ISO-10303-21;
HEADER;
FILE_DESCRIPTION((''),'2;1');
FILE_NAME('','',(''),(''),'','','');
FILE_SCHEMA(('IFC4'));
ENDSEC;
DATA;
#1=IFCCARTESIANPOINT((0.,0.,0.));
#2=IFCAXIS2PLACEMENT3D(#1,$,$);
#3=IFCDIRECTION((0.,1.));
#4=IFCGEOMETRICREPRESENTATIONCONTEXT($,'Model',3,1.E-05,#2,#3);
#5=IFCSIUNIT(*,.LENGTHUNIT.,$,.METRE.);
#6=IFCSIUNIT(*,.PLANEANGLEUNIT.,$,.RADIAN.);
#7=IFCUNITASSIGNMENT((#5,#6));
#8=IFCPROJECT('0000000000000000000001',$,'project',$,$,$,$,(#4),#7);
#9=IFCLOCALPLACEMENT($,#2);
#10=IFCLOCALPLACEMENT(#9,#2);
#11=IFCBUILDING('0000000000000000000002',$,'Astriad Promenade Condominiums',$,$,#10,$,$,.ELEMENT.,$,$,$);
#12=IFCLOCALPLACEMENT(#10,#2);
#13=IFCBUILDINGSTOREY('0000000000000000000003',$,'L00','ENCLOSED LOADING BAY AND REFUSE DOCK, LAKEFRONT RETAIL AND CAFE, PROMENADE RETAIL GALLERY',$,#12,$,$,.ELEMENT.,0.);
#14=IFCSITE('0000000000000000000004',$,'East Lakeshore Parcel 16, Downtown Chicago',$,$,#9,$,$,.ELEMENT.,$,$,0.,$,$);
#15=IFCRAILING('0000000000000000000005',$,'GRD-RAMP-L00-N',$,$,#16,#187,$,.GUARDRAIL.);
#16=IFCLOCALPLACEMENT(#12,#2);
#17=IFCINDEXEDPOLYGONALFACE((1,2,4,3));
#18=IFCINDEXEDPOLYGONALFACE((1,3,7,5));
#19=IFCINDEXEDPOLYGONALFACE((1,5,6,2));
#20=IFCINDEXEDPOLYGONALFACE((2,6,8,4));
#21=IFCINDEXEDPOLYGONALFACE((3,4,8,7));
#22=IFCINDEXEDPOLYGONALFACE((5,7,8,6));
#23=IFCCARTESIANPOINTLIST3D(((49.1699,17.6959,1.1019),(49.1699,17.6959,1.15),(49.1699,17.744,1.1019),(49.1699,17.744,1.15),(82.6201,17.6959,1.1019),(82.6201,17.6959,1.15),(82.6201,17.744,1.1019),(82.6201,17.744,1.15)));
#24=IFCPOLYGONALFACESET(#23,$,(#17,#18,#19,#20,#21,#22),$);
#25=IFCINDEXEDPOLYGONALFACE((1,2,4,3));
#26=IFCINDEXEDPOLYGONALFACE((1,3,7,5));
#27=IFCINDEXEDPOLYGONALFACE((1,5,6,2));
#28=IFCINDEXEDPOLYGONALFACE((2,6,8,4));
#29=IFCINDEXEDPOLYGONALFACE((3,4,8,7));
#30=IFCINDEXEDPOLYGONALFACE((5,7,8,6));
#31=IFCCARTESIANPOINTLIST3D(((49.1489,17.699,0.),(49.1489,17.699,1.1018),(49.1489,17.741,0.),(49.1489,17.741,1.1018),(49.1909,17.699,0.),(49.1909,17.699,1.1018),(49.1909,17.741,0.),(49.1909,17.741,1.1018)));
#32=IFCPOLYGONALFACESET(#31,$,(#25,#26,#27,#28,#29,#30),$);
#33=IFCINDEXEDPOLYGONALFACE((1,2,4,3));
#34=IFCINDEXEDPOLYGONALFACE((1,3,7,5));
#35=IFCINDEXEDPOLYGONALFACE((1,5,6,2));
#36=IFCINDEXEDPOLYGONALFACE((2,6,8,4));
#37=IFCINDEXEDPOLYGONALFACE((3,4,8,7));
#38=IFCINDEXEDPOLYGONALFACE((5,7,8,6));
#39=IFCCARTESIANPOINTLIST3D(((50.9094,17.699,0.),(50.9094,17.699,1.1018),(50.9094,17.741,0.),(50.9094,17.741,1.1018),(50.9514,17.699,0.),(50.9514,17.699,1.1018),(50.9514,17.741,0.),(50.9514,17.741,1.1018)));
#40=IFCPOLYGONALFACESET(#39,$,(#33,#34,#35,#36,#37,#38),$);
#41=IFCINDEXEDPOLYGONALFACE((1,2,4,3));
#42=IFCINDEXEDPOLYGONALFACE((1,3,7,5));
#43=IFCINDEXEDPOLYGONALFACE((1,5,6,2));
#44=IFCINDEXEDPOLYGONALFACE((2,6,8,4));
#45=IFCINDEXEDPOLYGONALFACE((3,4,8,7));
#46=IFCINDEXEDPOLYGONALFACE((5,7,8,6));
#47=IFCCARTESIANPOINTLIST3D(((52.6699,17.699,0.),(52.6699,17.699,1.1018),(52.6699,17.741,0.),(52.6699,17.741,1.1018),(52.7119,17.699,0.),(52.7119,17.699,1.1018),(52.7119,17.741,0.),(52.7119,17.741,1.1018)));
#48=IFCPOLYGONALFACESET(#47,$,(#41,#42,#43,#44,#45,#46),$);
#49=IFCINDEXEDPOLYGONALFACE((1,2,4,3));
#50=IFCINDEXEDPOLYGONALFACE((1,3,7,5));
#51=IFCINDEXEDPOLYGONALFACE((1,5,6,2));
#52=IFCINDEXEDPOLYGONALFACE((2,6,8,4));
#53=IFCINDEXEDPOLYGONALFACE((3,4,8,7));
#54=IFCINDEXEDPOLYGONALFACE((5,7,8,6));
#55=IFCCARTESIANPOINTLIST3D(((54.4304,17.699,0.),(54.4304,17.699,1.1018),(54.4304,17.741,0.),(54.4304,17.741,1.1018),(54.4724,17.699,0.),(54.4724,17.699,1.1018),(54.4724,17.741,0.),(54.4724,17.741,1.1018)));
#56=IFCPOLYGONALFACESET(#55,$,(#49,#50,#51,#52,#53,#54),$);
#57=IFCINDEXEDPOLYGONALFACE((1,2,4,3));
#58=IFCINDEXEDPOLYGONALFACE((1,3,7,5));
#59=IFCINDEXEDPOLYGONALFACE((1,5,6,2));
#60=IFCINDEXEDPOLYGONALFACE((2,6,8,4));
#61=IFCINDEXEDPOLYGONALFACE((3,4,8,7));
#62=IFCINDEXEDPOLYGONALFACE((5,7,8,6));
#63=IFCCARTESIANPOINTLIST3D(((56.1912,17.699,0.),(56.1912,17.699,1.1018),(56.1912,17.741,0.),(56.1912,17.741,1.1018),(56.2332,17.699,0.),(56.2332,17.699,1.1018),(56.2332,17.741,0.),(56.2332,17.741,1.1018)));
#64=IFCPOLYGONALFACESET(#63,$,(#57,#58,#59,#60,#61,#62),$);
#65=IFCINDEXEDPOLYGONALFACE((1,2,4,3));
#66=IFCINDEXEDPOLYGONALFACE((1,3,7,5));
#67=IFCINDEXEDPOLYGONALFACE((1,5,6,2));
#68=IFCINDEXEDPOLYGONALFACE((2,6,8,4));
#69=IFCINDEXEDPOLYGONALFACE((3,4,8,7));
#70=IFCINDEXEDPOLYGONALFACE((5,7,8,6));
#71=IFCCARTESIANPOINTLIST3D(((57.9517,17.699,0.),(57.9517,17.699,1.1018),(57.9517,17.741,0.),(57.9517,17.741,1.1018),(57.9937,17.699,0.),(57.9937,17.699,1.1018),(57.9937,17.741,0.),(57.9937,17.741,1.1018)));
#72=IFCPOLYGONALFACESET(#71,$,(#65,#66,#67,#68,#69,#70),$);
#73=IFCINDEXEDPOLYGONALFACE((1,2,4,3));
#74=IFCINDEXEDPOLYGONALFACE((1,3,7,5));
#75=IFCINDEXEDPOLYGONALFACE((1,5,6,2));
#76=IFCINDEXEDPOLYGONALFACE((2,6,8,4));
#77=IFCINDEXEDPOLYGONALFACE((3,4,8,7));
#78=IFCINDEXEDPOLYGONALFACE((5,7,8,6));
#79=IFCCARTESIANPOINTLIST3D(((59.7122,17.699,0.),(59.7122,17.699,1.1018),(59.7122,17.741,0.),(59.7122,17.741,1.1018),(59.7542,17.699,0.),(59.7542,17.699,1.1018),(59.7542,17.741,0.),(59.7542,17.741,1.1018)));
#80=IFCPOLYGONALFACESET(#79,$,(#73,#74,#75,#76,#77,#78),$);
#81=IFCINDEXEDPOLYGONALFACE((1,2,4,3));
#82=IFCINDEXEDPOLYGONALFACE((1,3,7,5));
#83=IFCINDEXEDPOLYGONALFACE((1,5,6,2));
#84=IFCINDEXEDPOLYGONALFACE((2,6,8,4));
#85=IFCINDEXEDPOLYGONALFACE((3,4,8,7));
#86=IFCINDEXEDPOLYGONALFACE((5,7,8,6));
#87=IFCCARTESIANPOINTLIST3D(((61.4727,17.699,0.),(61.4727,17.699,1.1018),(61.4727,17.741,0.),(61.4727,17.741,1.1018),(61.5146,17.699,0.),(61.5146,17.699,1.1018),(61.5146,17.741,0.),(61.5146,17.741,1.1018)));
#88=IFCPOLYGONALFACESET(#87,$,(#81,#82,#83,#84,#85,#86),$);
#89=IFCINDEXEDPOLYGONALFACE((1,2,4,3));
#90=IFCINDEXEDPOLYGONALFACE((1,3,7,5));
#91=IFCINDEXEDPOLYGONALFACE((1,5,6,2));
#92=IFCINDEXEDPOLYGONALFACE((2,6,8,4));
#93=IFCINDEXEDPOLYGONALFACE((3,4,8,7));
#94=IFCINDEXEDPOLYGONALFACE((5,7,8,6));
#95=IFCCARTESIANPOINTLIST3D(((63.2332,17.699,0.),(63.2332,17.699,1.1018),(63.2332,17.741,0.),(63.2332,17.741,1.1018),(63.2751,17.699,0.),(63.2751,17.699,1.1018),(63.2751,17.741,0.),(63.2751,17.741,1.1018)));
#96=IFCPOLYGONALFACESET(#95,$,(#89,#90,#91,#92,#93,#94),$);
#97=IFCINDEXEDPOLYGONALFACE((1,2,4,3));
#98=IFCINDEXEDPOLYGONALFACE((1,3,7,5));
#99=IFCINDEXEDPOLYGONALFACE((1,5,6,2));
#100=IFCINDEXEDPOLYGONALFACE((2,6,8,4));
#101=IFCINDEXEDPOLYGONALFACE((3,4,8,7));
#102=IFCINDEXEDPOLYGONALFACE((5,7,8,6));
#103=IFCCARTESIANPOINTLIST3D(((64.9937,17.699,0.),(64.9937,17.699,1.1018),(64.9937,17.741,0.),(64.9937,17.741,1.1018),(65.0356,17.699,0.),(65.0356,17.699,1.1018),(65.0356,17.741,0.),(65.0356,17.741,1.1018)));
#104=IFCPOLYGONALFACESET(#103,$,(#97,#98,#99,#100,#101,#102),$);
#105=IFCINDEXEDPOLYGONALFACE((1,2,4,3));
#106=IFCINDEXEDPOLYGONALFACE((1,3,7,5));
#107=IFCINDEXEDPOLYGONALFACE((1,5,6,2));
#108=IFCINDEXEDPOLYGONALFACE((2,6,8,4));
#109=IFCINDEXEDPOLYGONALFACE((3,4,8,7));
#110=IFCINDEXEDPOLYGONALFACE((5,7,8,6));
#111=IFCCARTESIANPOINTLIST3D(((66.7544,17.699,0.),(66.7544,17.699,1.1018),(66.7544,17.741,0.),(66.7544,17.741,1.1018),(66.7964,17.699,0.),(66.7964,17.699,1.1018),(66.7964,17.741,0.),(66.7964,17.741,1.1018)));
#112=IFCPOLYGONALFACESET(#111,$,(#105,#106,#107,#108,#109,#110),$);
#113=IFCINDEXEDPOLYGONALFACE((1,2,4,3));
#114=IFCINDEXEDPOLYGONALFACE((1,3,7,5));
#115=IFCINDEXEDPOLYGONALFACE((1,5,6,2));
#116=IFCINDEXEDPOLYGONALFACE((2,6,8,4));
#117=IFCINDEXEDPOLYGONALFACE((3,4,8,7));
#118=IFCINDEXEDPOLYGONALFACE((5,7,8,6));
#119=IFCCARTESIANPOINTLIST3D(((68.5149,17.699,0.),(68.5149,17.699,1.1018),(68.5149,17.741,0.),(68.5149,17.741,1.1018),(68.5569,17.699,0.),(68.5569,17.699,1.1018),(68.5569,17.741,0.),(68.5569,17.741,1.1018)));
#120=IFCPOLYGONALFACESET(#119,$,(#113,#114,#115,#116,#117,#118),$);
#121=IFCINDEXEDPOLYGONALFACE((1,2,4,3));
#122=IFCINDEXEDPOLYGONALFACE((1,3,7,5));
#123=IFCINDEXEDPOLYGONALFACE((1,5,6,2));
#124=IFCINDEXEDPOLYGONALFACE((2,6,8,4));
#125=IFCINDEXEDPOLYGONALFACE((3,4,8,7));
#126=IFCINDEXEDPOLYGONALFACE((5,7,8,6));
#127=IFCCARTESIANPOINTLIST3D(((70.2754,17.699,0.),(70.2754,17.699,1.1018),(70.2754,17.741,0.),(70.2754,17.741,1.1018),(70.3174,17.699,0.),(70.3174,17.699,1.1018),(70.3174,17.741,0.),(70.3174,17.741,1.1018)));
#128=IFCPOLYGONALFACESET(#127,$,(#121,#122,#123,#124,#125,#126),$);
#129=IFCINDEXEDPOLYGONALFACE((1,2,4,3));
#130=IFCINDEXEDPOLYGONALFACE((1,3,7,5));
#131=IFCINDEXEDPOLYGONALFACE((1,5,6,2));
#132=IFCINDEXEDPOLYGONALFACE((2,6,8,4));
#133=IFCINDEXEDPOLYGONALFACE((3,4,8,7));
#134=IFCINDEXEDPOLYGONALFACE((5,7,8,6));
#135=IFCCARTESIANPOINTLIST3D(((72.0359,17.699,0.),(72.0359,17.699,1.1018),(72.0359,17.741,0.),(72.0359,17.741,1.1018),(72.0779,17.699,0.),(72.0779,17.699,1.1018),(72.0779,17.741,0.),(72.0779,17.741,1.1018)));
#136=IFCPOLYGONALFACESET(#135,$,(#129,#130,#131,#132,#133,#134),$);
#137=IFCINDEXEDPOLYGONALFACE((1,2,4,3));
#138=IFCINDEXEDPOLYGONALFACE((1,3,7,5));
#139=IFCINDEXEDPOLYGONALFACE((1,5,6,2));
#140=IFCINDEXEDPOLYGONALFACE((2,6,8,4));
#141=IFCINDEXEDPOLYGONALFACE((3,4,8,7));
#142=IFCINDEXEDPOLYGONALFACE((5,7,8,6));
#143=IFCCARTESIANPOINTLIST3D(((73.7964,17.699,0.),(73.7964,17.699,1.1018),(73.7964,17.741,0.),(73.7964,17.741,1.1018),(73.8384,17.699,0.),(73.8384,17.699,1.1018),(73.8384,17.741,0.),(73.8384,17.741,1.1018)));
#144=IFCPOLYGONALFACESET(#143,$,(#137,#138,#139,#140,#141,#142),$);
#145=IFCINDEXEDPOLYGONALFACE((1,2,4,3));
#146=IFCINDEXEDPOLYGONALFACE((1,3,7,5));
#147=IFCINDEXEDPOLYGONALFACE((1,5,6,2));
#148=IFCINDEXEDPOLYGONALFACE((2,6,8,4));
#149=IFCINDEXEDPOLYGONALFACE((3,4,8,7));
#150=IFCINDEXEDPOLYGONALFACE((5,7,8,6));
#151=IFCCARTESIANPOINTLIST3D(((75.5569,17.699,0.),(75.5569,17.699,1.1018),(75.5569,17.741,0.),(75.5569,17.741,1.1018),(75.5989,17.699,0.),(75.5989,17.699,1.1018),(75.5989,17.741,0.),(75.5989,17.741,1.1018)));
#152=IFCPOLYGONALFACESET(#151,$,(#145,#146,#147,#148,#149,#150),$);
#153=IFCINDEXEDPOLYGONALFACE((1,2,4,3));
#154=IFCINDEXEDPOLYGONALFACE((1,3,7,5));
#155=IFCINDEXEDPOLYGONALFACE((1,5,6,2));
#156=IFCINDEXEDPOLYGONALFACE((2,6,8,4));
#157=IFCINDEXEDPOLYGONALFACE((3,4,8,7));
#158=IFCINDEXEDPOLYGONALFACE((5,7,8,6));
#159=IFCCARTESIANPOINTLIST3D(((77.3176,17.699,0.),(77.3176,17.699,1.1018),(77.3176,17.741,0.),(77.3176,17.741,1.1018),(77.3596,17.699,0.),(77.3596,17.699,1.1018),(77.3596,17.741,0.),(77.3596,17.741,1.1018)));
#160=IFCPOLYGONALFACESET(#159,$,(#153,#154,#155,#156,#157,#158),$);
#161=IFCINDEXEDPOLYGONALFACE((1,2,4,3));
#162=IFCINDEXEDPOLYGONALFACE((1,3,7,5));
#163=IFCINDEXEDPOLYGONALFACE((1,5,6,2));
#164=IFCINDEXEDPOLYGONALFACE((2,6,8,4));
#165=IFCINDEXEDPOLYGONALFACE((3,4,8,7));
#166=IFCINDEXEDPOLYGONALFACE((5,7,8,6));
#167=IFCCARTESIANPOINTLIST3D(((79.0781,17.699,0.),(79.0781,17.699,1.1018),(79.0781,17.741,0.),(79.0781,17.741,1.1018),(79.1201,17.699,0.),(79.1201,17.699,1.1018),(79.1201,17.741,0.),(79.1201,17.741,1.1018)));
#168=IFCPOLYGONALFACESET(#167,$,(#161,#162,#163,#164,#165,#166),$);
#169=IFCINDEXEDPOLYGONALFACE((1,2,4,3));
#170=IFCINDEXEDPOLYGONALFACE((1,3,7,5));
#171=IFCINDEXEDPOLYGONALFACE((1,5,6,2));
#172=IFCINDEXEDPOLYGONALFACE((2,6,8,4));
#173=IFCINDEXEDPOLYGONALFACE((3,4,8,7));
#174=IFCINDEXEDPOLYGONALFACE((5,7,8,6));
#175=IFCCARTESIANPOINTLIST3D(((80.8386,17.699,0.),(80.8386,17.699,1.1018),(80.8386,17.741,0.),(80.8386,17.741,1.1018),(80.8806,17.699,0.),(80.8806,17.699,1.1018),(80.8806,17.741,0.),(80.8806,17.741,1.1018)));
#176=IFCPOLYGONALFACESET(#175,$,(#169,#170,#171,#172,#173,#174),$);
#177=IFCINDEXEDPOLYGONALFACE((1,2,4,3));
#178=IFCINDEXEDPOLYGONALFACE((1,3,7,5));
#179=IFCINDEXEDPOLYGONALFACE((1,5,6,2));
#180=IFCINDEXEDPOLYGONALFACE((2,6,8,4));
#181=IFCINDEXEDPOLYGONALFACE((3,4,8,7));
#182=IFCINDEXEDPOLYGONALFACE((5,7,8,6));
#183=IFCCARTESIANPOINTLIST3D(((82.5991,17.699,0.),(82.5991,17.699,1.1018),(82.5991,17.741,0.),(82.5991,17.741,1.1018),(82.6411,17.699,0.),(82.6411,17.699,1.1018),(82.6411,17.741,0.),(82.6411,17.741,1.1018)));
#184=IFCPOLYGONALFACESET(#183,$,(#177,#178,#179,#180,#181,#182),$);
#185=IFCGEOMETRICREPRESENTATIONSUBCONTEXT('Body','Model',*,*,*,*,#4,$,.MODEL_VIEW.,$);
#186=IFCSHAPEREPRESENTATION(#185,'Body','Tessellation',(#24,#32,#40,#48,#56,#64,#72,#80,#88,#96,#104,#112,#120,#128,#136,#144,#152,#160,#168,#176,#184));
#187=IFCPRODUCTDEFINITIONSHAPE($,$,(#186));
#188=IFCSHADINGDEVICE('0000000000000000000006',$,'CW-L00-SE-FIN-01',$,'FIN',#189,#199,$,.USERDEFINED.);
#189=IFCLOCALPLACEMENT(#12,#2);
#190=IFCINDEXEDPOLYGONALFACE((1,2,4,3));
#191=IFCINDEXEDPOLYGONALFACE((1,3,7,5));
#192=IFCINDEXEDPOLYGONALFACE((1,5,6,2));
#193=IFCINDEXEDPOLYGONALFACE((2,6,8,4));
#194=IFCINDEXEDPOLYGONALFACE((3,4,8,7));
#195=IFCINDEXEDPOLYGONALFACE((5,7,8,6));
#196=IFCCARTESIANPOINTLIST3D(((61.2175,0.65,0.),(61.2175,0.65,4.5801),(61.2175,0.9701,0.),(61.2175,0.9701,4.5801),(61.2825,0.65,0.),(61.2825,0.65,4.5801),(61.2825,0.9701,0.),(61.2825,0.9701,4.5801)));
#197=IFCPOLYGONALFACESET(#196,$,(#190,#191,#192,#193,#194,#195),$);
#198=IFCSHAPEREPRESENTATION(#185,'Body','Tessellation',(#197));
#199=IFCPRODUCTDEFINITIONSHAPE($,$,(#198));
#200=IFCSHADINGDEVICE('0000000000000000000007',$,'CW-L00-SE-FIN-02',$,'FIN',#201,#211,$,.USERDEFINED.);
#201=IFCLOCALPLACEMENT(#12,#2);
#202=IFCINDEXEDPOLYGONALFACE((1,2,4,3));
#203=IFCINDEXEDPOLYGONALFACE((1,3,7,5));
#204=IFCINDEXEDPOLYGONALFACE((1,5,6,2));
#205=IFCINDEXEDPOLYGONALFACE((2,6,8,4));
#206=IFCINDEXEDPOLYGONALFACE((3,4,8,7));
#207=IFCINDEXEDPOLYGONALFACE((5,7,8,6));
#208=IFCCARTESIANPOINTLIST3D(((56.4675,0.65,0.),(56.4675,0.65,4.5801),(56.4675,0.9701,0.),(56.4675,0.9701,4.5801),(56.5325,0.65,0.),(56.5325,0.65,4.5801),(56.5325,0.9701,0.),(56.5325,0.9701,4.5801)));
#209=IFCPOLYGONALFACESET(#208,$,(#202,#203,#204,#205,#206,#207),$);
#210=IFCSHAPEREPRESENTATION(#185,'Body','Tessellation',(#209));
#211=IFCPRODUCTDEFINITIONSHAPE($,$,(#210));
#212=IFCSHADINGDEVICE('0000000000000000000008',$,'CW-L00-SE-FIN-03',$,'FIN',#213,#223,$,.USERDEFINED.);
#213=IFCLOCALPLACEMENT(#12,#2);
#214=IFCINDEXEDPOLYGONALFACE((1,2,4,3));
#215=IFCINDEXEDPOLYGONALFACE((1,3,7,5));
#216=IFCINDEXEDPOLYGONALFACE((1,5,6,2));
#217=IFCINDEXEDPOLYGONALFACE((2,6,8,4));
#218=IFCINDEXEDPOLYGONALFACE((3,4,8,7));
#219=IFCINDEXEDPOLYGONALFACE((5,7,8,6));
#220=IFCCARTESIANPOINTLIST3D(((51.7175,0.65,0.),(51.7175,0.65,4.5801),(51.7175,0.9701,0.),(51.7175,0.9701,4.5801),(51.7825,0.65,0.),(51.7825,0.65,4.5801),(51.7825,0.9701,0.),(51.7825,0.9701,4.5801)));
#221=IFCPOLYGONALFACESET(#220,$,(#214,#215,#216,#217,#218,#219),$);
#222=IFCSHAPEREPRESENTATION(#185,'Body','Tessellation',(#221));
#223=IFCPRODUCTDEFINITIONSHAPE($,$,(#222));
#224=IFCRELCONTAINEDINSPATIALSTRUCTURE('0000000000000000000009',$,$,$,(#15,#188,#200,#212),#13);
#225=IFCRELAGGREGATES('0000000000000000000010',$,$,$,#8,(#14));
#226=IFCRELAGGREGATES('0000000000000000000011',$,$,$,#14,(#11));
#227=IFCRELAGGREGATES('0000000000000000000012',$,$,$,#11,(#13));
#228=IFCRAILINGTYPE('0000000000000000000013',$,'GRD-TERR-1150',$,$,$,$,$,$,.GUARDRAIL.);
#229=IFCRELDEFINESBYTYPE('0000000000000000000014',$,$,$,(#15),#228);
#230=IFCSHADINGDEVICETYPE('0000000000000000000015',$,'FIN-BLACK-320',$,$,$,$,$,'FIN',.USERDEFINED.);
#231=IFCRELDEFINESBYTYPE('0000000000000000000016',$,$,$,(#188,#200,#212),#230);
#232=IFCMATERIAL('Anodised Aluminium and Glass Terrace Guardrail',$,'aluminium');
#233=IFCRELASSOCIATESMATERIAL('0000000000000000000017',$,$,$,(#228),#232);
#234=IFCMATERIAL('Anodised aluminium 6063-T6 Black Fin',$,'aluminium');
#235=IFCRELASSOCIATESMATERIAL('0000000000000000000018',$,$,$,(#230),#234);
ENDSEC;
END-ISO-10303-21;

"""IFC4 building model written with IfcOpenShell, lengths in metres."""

from ifc_helpers import new_model, si_unit, direction, frame, origin, origin_2d, place, context, subcontext, project, spatial, rectangle, extrude, source, transform, mapped, material, type_object, type_shapes, element, save


model = new_model("IFC4")

# Units and contexts
model_context = context("Model", 3, precision=1e-05, world=origin(), true_north=direction((0.0, 1.0)))
body_context = subcontext(model_context, "Body", "Model", "MODEL_VIEW")
ifc_project = project(units=[si_unit("LENGTHUNIT", "METRE"), si_unit("PLANEANGLEUNIT", "RADIAN")], contexts=[model_context])

# Site, building, storey
site_placement = place(None, origin())
site = spatial("IfcSite", under=ifc_project, at=site_placement, Name="East Lakeshore Parcel 16, Downtown Chicago", CompositionType="ELEMENT", RefElevation=0.0)
building_placement = place(site_placement, origin())
building = spatial("IfcBuilding", under=site, at=building_placement, Name="Astriad Promenade Condominiums", CompositionType="ELEMENT")
storey_placement = place(building_placement, origin())
storey = spatial("IfcBuildingStorey", under=building, at=storey_placement, Name="L00", Description="ENCLOSED LOADING BAY AND REFUSE DOCK, LAKEFRONT RETAIL AND CAFE, PROMENADE RETAIL GALLERY", CompositionType="ELEMENT", Elevation=0.0)

# Railing
ifc_material_1 = material(Name="Anodised Aluminium and Glass Terrace Guardrail", Category="aluminium")
railing_type = type_object("IfcRailingType", Name="GRD-TERR-1150", PredefinedType="GUARDRAIL", material=ifc_material_1)
shared_shape_1 = source(origin(), body_context, "Body", "SweptSolid", [
    extrude(rectangle(XDim=0.0481, YDim=0.0481, at=origin_2d()), frame((0.0, 0.0, 1.126), z_axis=(1.0, 0.0, 0.0), x_axis=(0.0, 1.0, 0.0)), (0.0, 0.0, 1.0), 33.4502),
    extrude(rectangle(XDim=0.042, YDim=0.042, at=origin_2d()), origin(), (0.0, 0.0, 1.0), 1.1018),
    extrude(rectangle(XDim=0.042, YDim=0.042, at=origin_2d()), frame((1.7605, 0.0, 0.0)), (0.0, 0.0, 1.0), 1.1018),
    extrude(rectangle(XDim=0.042, YDim=0.042, at=origin_2d()), frame((3.521, 0.0, 0.0)), (0.0, 0.0, 1.0), 1.1018),
    extrude(rectangle(XDim=0.042, YDim=0.042, at=origin_2d()), frame((5.2815, 0.0, 0.0)), (0.0, 0.0, 1.0), 1.1018),
    extrude(rectangle(XDim=0.042, YDim=0.042, at=origin_2d()), frame((7.0422, 0.0, 0.0)), (0.0, 0.0, 1.0), 1.1018),
    extrude(rectangle(XDim=0.042, YDim=0.042, at=origin_2d()), frame((8.8027, 0.0, 0.0)), (0.0, 0.0, 1.0), 1.1018),
    extrude(rectangle(XDim=0.042, YDim=0.042, at=origin_2d()), frame((10.5632, 0.0, 0.0)), (0.0, 0.0, 1.0), 1.1018),
    extrude(rectangle(XDim=0.042, YDim=0.042, at=origin_2d()), frame((12.3237, 0.0, 0.0)), (0.0, 0.0, 1.0), 1.1018),
    extrude(rectangle(XDim=0.042, YDim=0.042, at=origin_2d()), frame((14.0842, 0.0, 0.0)), (0.0, 0.0, 1.0), 1.1018),
    extrude(rectangle(XDim=0.042, YDim=0.042, at=origin_2d()), frame((15.8447, 0.0, 0.0)), (0.0, 0.0, 1.0), 1.1018),
    extrude(rectangle(XDim=0.042, YDim=0.042, at=origin_2d()), frame((17.6055, 0.0, 0.0)), (0.0, 0.0, 1.0), 1.1018),
    extrude(rectangle(XDim=0.042, YDim=0.042, at=origin_2d()), frame((19.366, 0.0, 0.0)), (0.0, 0.0, 1.0), 1.1018),
    extrude(rectangle(XDim=0.042, YDim=0.042, at=origin_2d()), frame((21.1265, 0.0, 0.0)), (0.0, 0.0, 1.0), 1.1018),
    extrude(rectangle(XDim=0.042, YDim=0.042, at=origin_2d()), frame((22.887, 0.0, 0.0)), (0.0, 0.0, 1.0), 1.1018),
    extrude(rectangle(XDim=0.042, YDim=0.042, at=origin_2d()), frame((24.6475, 0.0, 0.0)), (0.0, 0.0, 1.0), 1.1018),
    extrude(rectangle(XDim=0.042, YDim=0.042, at=origin_2d()), frame((26.408, 0.0, 0.0)), (0.0, 0.0, 1.0), 1.1018),
    extrude(rectangle(XDim=0.042, YDim=0.042, at=origin_2d()), frame((28.1687, 0.0, 0.0)), (0.0, 0.0, 1.0), 1.1018),
    extrude(rectangle(XDim=0.042, YDim=0.042, at=origin_2d()), frame((29.9292, 0.0, 0.0)), (0.0, 0.0, 1.0), 1.1018),
    extrude(rectangle(XDim=0.042, YDim=0.042, at=origin_2d()), frame((31.6897, 0.0, 0.0)), (0.0, 0.0, 1.0), 1.1018),
    extrude(rectangle(XDim=0.042, YDim=0.042, at=origin_2d()), frame((33.4502, 0.0, 0.0)), (0.0, 0.0, 1.0), 1.1018),
])
for number, where, name in (
    (1, (49.1699, 17.72, 0.0), "GRD-RAMP-L00-N"),
):
    element("IfcRailing", number, at=place(storey_placement, frame(where)), inside=storey, type_object=railing_type, Name=name, PredefinedType="GUARDRAIL", context=body_context, shape_type="MappedRepresentation", body=[
        mapped(shared_shape_1, transform((0.0, 0.0, 0.0), scale=1.0)),
    ])

# Shading devices
ifc_material_2 = material(Name="Anodised aluminium 6063-T6 Black Fin", Category="aluminium")
shading_device_type = type_object("IfcShadingDeviceType", Name="FIN-BLACK-320", ElementType="FIN", PredefinedType="USERDEFINED", material=ifc_material_2)
shared_shape_2 = source(origin(), body_context, "Body", "SweptSolid", [
    extrude(rectangle(XDim=0.0649, YDim=0.3201, at=origin_2d()), origin(), (0.0, 0.0, 1.0), 4.5801),
])
type_shapes(shading_device_type, [shared_shape_2])
for number, where, z_axis, x_axis, name in (
    (2, (61.25, 0.8101, 0.0), (0.0, 0.0, 1.0), (-1.0, 0.0, 0.0), "CW-L00-SE-FIN-01"),
    (3, (56.5, 0.8101, 0.0), (0.0, 0.0, 1.0), (-1.0, 0.0, 0.0), "CW-L00-SE-FIN-02"),
    (4, (51.75, 0.8101, 0.0), (0.0, 0.0, 1.0), (-1.0, 0.0, 0.0), "CW-L00-SE-FIN-03"),
):
    element("IfcShadingDevice", number, at=place(storey_placement, frame(where, z_axis=z_axis, x_axis=x_axis)), inside=storey, type_object=shading_device_type, Name=name, ObjectType="FIN", PredefinedType="USERDEFINED", context=body_context, shape_type="MappedRepresentation", body=[
        mapped(shared_shape_2, transform((0.0, 0.0, 0.0), scale=1.0)),
    ])

save(model, "model.ifc")
